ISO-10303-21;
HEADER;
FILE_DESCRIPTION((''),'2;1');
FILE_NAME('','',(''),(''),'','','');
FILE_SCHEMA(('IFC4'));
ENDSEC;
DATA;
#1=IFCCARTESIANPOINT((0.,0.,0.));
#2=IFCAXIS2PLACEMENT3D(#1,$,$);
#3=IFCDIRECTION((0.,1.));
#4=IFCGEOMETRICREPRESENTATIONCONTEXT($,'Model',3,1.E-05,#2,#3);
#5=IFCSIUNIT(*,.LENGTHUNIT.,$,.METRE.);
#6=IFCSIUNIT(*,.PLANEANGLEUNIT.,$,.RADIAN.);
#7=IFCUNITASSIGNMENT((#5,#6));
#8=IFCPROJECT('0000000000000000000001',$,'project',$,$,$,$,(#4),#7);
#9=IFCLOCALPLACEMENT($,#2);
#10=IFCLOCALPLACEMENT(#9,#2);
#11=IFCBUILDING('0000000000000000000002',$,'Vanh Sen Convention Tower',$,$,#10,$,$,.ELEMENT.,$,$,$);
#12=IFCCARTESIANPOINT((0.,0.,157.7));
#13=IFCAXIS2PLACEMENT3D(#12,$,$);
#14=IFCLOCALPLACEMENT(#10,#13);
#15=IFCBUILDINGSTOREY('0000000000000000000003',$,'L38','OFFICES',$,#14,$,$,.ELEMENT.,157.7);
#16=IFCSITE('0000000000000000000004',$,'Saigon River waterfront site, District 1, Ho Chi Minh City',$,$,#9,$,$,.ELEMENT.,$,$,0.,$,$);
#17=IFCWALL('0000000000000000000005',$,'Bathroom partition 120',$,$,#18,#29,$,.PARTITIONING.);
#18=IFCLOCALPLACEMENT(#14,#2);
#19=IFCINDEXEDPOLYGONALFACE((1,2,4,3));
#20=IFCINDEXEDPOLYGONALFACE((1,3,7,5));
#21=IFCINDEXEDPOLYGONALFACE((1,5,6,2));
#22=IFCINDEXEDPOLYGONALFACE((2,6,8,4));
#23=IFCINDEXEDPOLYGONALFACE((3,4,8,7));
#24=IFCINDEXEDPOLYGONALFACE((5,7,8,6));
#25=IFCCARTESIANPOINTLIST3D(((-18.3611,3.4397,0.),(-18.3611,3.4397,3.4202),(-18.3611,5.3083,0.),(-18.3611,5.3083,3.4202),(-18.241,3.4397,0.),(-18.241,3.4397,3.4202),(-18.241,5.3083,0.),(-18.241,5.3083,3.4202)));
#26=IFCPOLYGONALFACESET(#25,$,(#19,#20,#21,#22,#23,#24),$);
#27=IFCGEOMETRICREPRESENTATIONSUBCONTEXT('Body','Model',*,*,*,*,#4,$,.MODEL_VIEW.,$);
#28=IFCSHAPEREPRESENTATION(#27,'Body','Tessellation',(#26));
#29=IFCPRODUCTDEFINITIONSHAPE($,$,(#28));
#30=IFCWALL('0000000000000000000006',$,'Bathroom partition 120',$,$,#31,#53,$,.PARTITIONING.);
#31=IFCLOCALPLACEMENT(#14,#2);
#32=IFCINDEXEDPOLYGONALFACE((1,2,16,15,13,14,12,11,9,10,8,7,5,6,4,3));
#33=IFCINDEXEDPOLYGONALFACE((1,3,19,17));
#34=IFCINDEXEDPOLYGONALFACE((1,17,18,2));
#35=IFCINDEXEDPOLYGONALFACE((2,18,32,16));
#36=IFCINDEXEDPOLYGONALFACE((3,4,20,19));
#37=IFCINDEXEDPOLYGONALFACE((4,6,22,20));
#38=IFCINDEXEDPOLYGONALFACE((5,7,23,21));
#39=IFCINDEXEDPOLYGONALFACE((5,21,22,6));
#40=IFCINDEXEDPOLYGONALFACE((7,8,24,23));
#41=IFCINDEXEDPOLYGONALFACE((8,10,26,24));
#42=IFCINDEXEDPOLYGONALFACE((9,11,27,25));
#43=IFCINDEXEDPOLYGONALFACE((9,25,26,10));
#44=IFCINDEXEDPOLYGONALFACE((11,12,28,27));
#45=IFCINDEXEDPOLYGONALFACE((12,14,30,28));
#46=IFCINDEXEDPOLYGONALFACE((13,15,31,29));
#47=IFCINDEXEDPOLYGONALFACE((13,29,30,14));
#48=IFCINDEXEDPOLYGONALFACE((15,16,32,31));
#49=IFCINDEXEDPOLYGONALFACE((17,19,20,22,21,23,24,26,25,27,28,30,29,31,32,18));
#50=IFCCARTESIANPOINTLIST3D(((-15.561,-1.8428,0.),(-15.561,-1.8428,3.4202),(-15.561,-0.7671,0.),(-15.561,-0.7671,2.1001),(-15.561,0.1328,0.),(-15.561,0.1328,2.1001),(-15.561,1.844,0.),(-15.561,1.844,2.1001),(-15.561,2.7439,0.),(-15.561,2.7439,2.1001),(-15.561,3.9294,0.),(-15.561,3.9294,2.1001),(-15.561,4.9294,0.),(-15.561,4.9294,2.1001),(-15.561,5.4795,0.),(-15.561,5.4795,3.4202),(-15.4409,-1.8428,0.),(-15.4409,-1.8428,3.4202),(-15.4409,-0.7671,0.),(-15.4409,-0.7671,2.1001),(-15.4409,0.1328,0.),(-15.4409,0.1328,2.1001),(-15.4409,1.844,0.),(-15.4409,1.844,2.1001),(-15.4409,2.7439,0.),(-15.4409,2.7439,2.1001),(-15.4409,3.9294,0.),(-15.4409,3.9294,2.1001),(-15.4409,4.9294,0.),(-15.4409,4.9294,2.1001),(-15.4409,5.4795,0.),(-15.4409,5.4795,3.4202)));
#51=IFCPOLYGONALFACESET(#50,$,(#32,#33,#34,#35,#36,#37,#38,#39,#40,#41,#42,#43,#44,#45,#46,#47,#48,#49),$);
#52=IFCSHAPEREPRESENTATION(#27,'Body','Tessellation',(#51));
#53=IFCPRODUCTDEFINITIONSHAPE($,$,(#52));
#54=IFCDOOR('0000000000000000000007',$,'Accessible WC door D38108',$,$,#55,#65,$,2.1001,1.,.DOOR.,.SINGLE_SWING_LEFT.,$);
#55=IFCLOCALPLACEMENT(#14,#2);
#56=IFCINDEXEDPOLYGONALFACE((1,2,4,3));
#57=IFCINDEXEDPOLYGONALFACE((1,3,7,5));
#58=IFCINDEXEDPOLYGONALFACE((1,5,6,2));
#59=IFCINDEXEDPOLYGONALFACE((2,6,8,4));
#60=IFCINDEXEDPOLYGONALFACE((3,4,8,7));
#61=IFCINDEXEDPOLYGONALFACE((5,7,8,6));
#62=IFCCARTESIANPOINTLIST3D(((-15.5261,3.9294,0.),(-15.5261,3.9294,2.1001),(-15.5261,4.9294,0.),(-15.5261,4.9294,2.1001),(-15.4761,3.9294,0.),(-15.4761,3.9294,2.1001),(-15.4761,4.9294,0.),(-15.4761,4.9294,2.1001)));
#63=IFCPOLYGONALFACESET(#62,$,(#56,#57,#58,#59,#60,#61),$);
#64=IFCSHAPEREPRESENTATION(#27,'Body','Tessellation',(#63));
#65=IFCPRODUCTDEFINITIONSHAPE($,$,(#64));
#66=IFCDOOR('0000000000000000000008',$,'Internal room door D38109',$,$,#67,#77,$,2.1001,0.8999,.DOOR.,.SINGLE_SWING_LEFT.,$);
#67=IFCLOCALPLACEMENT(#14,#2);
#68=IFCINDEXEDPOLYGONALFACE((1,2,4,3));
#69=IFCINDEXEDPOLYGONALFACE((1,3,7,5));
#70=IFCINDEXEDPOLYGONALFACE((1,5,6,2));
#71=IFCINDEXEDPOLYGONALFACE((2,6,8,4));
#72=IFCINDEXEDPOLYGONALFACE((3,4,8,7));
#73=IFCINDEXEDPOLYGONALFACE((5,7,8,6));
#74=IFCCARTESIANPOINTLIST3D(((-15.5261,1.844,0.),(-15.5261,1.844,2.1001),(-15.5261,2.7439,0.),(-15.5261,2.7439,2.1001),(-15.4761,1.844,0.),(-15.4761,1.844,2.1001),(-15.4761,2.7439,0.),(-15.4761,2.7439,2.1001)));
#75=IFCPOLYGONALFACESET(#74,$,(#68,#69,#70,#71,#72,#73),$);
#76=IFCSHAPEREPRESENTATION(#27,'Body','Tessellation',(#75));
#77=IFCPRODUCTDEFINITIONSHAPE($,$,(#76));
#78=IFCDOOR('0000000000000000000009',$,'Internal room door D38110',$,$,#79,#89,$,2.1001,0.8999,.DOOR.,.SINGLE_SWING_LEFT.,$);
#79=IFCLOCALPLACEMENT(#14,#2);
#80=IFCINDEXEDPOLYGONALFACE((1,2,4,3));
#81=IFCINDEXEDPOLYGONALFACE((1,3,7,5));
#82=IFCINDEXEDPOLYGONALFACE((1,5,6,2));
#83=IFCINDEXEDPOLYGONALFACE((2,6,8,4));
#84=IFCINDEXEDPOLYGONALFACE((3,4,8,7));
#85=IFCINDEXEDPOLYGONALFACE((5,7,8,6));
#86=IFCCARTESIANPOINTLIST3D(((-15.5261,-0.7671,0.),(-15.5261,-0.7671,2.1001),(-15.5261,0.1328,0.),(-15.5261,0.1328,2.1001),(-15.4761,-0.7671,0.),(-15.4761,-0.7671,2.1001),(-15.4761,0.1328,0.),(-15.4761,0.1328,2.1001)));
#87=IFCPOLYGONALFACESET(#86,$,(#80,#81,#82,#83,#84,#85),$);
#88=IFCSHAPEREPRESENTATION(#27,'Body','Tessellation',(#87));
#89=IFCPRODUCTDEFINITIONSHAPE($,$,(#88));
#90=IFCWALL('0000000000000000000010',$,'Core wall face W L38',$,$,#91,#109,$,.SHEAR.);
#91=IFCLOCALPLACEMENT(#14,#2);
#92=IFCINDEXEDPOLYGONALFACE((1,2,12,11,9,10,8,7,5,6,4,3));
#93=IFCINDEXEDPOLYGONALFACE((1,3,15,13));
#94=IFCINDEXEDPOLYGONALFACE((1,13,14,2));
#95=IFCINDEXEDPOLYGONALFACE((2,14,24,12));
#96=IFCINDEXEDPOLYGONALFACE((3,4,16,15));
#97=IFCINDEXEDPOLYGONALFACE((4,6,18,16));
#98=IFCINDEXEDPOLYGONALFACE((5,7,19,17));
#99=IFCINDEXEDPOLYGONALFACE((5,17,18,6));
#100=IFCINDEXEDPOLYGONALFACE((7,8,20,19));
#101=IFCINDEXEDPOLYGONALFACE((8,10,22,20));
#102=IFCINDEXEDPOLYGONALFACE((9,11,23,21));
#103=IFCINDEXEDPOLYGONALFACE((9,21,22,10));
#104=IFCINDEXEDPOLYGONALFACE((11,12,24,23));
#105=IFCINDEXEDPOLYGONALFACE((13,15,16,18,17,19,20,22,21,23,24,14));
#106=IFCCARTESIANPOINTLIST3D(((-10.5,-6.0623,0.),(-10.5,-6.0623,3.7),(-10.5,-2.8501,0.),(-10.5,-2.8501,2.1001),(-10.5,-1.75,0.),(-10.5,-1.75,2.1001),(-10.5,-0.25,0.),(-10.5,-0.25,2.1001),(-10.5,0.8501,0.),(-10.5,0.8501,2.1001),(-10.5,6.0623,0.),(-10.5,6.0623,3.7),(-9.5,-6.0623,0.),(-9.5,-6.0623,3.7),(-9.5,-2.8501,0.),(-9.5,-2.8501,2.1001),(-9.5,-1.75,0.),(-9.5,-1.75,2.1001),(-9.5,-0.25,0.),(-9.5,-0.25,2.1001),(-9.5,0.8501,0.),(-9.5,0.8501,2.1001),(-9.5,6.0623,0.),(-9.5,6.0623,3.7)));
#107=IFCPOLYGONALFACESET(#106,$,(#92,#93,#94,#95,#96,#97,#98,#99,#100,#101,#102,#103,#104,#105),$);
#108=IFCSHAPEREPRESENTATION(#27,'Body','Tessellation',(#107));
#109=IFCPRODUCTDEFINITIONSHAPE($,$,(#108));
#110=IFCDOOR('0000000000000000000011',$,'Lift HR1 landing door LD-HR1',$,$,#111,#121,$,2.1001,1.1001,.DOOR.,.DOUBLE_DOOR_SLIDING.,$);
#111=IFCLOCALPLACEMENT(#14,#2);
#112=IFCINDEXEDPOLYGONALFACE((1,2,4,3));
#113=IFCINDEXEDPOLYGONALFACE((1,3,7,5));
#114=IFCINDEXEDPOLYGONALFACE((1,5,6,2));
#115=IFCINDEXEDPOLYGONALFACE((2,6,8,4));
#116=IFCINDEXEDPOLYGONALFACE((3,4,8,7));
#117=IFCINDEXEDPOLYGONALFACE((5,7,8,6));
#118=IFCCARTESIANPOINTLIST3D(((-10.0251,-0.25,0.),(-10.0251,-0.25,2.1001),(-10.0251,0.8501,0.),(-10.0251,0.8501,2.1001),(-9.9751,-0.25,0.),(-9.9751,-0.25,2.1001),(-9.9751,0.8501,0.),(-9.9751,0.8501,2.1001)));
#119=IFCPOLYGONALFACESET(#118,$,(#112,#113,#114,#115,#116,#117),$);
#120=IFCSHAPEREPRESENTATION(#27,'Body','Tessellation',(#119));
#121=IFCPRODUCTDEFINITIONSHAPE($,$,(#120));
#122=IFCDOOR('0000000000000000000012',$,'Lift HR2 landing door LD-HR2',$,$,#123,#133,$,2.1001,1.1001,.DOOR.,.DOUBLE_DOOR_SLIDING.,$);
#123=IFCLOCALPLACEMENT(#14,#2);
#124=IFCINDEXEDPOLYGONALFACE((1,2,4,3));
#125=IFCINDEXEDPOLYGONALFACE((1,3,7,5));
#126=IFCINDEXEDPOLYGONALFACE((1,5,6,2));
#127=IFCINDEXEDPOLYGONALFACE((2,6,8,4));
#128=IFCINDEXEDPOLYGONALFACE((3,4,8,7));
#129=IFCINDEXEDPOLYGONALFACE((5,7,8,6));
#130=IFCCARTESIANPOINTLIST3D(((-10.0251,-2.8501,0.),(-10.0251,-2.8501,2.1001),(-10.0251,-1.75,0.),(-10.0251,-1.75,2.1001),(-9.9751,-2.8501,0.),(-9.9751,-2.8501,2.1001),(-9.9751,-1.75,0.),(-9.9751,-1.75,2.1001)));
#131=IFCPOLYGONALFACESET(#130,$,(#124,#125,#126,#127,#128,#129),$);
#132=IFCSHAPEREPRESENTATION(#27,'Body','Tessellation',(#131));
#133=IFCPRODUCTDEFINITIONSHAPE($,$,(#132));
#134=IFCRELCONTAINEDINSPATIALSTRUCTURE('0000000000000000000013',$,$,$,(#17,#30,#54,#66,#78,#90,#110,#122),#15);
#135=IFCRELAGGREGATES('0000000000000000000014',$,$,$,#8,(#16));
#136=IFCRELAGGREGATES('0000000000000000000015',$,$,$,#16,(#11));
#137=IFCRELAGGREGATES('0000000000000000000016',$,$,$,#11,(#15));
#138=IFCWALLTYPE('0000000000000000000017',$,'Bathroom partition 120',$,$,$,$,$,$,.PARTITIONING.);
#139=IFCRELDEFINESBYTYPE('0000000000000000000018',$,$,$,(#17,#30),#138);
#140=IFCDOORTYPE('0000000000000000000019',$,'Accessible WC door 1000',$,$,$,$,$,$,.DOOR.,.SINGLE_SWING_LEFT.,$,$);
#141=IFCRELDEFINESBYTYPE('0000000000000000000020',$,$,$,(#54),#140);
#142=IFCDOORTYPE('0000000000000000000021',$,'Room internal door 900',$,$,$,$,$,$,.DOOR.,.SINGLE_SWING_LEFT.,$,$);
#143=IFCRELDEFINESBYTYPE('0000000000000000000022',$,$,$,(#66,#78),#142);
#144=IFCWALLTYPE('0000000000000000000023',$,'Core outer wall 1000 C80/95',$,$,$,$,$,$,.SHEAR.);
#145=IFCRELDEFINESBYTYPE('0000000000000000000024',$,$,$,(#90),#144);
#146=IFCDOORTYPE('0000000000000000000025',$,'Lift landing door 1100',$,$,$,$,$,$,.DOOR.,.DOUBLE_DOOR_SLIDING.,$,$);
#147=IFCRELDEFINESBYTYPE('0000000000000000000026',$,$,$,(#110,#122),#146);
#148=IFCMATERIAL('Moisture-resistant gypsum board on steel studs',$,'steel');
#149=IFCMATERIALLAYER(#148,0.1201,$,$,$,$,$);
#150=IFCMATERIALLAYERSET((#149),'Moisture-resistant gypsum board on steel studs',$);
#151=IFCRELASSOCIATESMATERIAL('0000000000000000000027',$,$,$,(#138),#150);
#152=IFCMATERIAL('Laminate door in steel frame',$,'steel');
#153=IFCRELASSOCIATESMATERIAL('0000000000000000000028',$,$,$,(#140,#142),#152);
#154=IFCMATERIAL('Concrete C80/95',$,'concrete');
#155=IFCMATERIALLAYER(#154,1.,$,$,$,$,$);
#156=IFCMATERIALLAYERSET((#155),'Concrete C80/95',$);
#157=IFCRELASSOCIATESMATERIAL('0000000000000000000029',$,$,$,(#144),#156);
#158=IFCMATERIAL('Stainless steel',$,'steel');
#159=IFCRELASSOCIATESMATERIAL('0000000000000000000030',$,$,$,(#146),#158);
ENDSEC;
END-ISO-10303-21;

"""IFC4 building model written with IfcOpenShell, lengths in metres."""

from ifc_helpers import new_model, si_unit, direction, frame, frame_2d, origin, place, context, subcontext, project, spatial, rectangle, extrude, material, layer, layer_set, type_object, element, fill, save


model = new_model("IFC4")

# Units and contexts
model_context = context("Model", 3, precision=1e-05, world=origin(), true_north=direction((0.0, 1.0)))
body_context = subcontext(model_context, "Body", "Model", "MODEL_VIEW")
ifc_project = project(units=[si_unit("LENGTHUNIT", "METRE"), si_unit("PLANEANGLEUNIT", "RADIAN")], contexts=[model_context])

# Site, building, storey
site_placement = place(None, origin())
site = spatial("IfcSite", under=ifc_project, at=site_placement, Name="Saigon River waterfront site, District 1, Ho Chi Minh City", CompositionType="ELEMENT", RefElevation=0.0)
building_placement = place(site_placement, origin())
building = spatial("IfcBuilding", under=site, at=building_placement, Name="Vanh Sen Convention Tower", CompositionType="ELEMENT")
storey_placement = place(building_placement, frame((0.0, 0.0, 157.7)))
storey = spatial("IfcBuildingStorey", under=building, at=storey_placement, Name="L38", Description="OFFICES", CompositionType="ELEMENT", Elevation=157.7)

# Wall
ifc_material_1 = material(Name="Moisture-resistant gypsum board on steel studs", Category="steel")
ifc_layer_1 = layer(ifc_material_1, 0.1201)
ifc_layer_set_1 = layer_set([ifc_layer_1], Name="Moisture-resistant gypsum board on steel studs")
wall_type_1 = type_object("IfcWallType", Name="Bathroom partition 120", PredefinedType="PARTITIONING", material=ifc_layer_set_1)
wall_1_placement = place(storey_placement, frame((-18.301, 5.3083, 0.0), z_axis=(0.0, 0.0, 1.0), x_axis=(0.0, -1.0, 0.0)))
element("IfcWall", 1, at=wall_1_placement, inside=storey, type_object=wall_type_1, Name="Bathroom partition 120", PredefinedType="PARTITIONING", context=body_context, shape_type="SweptSolid", body=[
    extrude(rectangle(XDim=1.8687, YDim=0.1201, at=frame_2d((0.9343, 0.0))), origin(), (0.0, 0.0, 1.0), 3.4202),
])

# Walls, openings, doors
wall_2_placement = place(storey_placement, frame((-15.501, 5.4795, 0.0), z_axis=(0.0, 0.0, 1.0), x_axis=(0.0, -1.0, 0.0)))
wall_2 = element("IfcWall", 2, at=wall_2_placement, inside=storey, type_object=wall_type_1, Name="Bathroom partition 120", PredefinedType="PARTITIONING", context=body_context, shape_type="SweptSolid", body=[
    extrude(rectangle(XDim=7.3223, YDim=0.1201, at=frame_2d((3.6611, 0.0))), origin(), (0.0, 0.0, 1.0), 3.4202),
])
opening_1_placement = place(wall_2_placement, frame((0.55, 0.0, 0.0)))
opening_1 = element("IfcOpeningElement", 3, at=opening_1_placement, cuts=wall_2, PredefinedType="OPENING", context=body_context, shape_type="SweptSolid", body=[
    extrude(rectangle(XDim=1.0, YDim=2.1001, at=frame_2d((0.5, 1.05))), frame((0.0, 0.0701, 0.0), z_axis=(0.0, -1.0, 0.0), x_axis=(1.0, 0.0, 0.0)), (0.0, 0.0, 1.0), 0.1401),
])
opening_2_placement = place(wall_2_placement, frame((2.7356, 0.0, 0.0)))
opening_2 = element("IfcOpeningElement", 4, at=opening_2_placement, cuts=wall_2, PredefinedType="OPENING", context=body_context, shape_type="SweptSolid", body=[
    extrude(rectangle(XDim=0.8999, YDim=2.1001, at=frame_2d((0.45, 1.05))), frame((0.0, 0.0701, 0.0), z_axis=(0.0, -1.0, 0.0), x_axis=(1.0, 0.0, 0.0)), (0.0, 0.0, 1.0), 0.1401),
])
opening_3_placement = place(wall_2_placement, frame((5.3467, 0.0, 0.0)))
opening_3 = element("IfcOpeningElement", 5, at=opening_3_placement, cuts=wall_2, PredefinedType="OPENING", context=body_context, shape_type="SweptSolid", body=[
    extrude(rectangle(XDim=0.8999, YDim=2.1001, at=frame_2d((0.45, 1.05))), frame((0.0, 0.0701, 0.0), z_axis=(0.0, -1.0, 0.0), x_axis=(1.0, 0.0, 0.0)), (0.0, 0.0, 1.0), 0.1401),
])
ifc_material_2 = material(Name="Laminate door in steel frame", Category="steel")
door_type_1 = type_object("IfcDoorType", Name="Accessible WC door 1000", OperationType="SINGLE_SWING_LEFT", PredefinedType="DOOR", material=ifc_material_2)
door_1_placement = place(opening_1_placement, origin())
door_1 = element("IfcDoor", 6, at=door_1_placement, inside=storey, type_object=door_type_1, Name="Accessible WC door D38108", OperationType="SINGLE_SWING_LEFT", OverallHeight=2.1001, OverallWidth=1.0, PredefinedType="DOOR", context=body_context, shape_type="SweptSolid", body=[
    extrude(rectangle(XDim=1.0, YDim=2.1001, at=frame_2d((0.5, 1.05))), frame((0.0, 0.0249, 0.0), z_axis=(0.0, -1.0, 0.0), x_axis=(1.0, 0.0, 0.0)), (0.0, 0.0, 1.0), 0.05),
])
fill(opening_1, door_1)
door_type_2 = type_object("IfcDoorType", Name="Room internal door 900", OperationType="SINGLE_SWING_LEFT", PredefinedType="DOOR", material=ifc_material_2)
door_2_placement = place(opening_2_placement, origin())
door_2 = element("IfcDoor", 7, at=door_2_placement, inside=storey, type_object=door_type_2, Name="Internal room door D38109", OperationType="SINGLE_SWING_LEFT", OverallHeight=2.1001, OverallWidth=0.8999, PredefinedType="DOOR", context=body_context, shape_type="SweptSolid", body=[
    extrude(rectangle(XDim=0.8999, YDim=2.1001, at=frame_2d((0.45, 1.05))), frame((0.0, 0.0249, 0.0), z_axis=(0.0, -1.0, 0.0), x_axis=(1.0, 0.0, 0.0)), (0.0, 0.0, 1.0), 0.05),
])
fill(opening_2, door_2)
door_3_placement = place(opening_3_placement, origin())
door_3 = element("IfcDoor", 8, at=door_3_placement, inside=storey, type_object=door_type_2, Name="Internal room door D38110", OperationType="SINGLE_SWING_LEFT", OverallHeight=2.1001, OverallWidth=0.8999, PredefinedType="DOOR", context=body_context, shape_type="SweptSolid", body=[
    extrude(rectangle(XDim=0.8999, YDim=2.1001, at=frame_2d((0.45, 1.05))), frame((0.0, 0.0249, 0.0), z_axis=(0.0, -1.0, 0.0), x_axis=(1.0, 0.0, 0.0)), (0.0, 0.0, 1.0), 0.05),
])
fill(opening_3, door_3)
ifc_material_3 = material(Name="Concrete C80/95", Category="concrete")
ifc_layer_2 = layer(ifc_material_3, 1.0)
ifc_layer_set_2 = layer_set([ifc_layer_2], Name="Concrete C80/95")
wall_type_2 = type_object("IfcWallType", Name="Core outer wall 1000 C80/95", PredefinedType="SHEAR", material=ifc_layer_set_2)
wall_3_placement = place(storey_placement, frame((-10.0, 6.0623, 0.0), z_axis=(0.0, 0.0, 1.0), x_axis=(0.0, -1.0, 0.0)))
wall_3 = element("IfcWall", 9, at=wall_3_placement, inside=storey, type_object=wall_type_2, Name="Core wall face W L38", PredefinedType="SHEAR", context=body_context, shape_type="SweptSolid", body=[
    extrude(rectangle(XDim=12.1245, YDim=1.0, at=frame_2d((6.0623, 0.0))), origin(), (0.0, 0.0, 1.0), 3.7),
])
opening_4_placement = place(wall_3_placement, frame((5.2122, 0.0, 0.0)))
opening_4 = element("IfcOpeningElement", 10, at=opening_4_placement, cuts=wall_3, PredefinedType="OPENING", context=body_context, shape_type="SweptSolid", body=[
    extrude(rectangle(XDim=1.1001, YDim=2.1001, at=frame_2d((0.55, 1.05))), frame((0.0, 0.51, 0.0), z_axis=(0.0, -1.0, 0.0), x_axis=(1.0, 0.0, 0.0)), (0.0, 0.0, 1.0), 1.02),
])
opening_5_placement = place(wall_3_placement, frame((7.8123, 0.0, 0.0)))
opening_5 = element("IfcOpeningElement", 11, at=opening_5_placement, cuts=wall_3, PredefinedType="OPENING", context=body_context, shape_type="SweptSolid", body=[
    extrude(rectangle(XDim=1.1001, YDim=2.1001, at=frame_2d((0.55, 1.05))), frame((0.0, 0.51, 0.0), z_axis=(0.0, -1.0, 0.0), x_axis=(1.0, 0.0, 0.0)), (0.0, 0.0, 1.0), 1.02),
])
ifc_material_4 = material(Name="Stainless steel", Category="steel")
door_type_3 = type_object("IfcDoorType", Name="Lift landing door 1100", OperationType="DOUBLE_DOOR_SLIDING", PredefinedType="DOOR", material=ifc_material_4)
door_4_placement = place(opening_4_placement, origin())
door_4 = element("IfcDoor", 12, at=door_4_placement, inside=storey, type_object=door_type_3, Name="Lift HR1 landing door LD-HR1", OperationType="DOUBLE_DOOR_SLIDING", OverallHeight=2.1001, OverallWidth=1.1001, PredefinedType="DOOR", context=body_context, shape_type="SweptSolid", body=[
    extrude(rectangle(XDim=1.1001, YDim=2.1001, at=frame_2d((0.55, 1.05))), frame((0.0, 0.0249, 0.0), z_axis=(0.0, -1.0, 0.0), x_axis=(1.0, 0.0, 0.0)), (0.0, 0.0, 1.0), 0.05),
])
fill(opening_4, door_4)
door_5_placement = place(opening_5_placement, origin())
door_5 = element("IfcDoor", 13, at=door_5_placement, inside=storey, type_object=door_type_3, Name="Lift HR2 landing door LD-HR2", OperationType="DOUBLE_DOOR_SLIDING", OverallHeight=2.1001, OverallWidth=1.1001, PredefinedType="DOOR", context=body_context, shape_type="SweptSolid", body=[
    extrude(rectangle(XDim=1.1001, YDim=2.1001, at=frame_2d((0.55, 1.05))), frame((0.0, 0.0249, 0.0), z_axis=(0.0, -1.0, 0.0), x_axis=(1.0, 0.0, 0.0)), (0.0, 0.0, 1.0), 0.05),
])
fill(opening_5, door_5)

save(model, "model.ifc")
